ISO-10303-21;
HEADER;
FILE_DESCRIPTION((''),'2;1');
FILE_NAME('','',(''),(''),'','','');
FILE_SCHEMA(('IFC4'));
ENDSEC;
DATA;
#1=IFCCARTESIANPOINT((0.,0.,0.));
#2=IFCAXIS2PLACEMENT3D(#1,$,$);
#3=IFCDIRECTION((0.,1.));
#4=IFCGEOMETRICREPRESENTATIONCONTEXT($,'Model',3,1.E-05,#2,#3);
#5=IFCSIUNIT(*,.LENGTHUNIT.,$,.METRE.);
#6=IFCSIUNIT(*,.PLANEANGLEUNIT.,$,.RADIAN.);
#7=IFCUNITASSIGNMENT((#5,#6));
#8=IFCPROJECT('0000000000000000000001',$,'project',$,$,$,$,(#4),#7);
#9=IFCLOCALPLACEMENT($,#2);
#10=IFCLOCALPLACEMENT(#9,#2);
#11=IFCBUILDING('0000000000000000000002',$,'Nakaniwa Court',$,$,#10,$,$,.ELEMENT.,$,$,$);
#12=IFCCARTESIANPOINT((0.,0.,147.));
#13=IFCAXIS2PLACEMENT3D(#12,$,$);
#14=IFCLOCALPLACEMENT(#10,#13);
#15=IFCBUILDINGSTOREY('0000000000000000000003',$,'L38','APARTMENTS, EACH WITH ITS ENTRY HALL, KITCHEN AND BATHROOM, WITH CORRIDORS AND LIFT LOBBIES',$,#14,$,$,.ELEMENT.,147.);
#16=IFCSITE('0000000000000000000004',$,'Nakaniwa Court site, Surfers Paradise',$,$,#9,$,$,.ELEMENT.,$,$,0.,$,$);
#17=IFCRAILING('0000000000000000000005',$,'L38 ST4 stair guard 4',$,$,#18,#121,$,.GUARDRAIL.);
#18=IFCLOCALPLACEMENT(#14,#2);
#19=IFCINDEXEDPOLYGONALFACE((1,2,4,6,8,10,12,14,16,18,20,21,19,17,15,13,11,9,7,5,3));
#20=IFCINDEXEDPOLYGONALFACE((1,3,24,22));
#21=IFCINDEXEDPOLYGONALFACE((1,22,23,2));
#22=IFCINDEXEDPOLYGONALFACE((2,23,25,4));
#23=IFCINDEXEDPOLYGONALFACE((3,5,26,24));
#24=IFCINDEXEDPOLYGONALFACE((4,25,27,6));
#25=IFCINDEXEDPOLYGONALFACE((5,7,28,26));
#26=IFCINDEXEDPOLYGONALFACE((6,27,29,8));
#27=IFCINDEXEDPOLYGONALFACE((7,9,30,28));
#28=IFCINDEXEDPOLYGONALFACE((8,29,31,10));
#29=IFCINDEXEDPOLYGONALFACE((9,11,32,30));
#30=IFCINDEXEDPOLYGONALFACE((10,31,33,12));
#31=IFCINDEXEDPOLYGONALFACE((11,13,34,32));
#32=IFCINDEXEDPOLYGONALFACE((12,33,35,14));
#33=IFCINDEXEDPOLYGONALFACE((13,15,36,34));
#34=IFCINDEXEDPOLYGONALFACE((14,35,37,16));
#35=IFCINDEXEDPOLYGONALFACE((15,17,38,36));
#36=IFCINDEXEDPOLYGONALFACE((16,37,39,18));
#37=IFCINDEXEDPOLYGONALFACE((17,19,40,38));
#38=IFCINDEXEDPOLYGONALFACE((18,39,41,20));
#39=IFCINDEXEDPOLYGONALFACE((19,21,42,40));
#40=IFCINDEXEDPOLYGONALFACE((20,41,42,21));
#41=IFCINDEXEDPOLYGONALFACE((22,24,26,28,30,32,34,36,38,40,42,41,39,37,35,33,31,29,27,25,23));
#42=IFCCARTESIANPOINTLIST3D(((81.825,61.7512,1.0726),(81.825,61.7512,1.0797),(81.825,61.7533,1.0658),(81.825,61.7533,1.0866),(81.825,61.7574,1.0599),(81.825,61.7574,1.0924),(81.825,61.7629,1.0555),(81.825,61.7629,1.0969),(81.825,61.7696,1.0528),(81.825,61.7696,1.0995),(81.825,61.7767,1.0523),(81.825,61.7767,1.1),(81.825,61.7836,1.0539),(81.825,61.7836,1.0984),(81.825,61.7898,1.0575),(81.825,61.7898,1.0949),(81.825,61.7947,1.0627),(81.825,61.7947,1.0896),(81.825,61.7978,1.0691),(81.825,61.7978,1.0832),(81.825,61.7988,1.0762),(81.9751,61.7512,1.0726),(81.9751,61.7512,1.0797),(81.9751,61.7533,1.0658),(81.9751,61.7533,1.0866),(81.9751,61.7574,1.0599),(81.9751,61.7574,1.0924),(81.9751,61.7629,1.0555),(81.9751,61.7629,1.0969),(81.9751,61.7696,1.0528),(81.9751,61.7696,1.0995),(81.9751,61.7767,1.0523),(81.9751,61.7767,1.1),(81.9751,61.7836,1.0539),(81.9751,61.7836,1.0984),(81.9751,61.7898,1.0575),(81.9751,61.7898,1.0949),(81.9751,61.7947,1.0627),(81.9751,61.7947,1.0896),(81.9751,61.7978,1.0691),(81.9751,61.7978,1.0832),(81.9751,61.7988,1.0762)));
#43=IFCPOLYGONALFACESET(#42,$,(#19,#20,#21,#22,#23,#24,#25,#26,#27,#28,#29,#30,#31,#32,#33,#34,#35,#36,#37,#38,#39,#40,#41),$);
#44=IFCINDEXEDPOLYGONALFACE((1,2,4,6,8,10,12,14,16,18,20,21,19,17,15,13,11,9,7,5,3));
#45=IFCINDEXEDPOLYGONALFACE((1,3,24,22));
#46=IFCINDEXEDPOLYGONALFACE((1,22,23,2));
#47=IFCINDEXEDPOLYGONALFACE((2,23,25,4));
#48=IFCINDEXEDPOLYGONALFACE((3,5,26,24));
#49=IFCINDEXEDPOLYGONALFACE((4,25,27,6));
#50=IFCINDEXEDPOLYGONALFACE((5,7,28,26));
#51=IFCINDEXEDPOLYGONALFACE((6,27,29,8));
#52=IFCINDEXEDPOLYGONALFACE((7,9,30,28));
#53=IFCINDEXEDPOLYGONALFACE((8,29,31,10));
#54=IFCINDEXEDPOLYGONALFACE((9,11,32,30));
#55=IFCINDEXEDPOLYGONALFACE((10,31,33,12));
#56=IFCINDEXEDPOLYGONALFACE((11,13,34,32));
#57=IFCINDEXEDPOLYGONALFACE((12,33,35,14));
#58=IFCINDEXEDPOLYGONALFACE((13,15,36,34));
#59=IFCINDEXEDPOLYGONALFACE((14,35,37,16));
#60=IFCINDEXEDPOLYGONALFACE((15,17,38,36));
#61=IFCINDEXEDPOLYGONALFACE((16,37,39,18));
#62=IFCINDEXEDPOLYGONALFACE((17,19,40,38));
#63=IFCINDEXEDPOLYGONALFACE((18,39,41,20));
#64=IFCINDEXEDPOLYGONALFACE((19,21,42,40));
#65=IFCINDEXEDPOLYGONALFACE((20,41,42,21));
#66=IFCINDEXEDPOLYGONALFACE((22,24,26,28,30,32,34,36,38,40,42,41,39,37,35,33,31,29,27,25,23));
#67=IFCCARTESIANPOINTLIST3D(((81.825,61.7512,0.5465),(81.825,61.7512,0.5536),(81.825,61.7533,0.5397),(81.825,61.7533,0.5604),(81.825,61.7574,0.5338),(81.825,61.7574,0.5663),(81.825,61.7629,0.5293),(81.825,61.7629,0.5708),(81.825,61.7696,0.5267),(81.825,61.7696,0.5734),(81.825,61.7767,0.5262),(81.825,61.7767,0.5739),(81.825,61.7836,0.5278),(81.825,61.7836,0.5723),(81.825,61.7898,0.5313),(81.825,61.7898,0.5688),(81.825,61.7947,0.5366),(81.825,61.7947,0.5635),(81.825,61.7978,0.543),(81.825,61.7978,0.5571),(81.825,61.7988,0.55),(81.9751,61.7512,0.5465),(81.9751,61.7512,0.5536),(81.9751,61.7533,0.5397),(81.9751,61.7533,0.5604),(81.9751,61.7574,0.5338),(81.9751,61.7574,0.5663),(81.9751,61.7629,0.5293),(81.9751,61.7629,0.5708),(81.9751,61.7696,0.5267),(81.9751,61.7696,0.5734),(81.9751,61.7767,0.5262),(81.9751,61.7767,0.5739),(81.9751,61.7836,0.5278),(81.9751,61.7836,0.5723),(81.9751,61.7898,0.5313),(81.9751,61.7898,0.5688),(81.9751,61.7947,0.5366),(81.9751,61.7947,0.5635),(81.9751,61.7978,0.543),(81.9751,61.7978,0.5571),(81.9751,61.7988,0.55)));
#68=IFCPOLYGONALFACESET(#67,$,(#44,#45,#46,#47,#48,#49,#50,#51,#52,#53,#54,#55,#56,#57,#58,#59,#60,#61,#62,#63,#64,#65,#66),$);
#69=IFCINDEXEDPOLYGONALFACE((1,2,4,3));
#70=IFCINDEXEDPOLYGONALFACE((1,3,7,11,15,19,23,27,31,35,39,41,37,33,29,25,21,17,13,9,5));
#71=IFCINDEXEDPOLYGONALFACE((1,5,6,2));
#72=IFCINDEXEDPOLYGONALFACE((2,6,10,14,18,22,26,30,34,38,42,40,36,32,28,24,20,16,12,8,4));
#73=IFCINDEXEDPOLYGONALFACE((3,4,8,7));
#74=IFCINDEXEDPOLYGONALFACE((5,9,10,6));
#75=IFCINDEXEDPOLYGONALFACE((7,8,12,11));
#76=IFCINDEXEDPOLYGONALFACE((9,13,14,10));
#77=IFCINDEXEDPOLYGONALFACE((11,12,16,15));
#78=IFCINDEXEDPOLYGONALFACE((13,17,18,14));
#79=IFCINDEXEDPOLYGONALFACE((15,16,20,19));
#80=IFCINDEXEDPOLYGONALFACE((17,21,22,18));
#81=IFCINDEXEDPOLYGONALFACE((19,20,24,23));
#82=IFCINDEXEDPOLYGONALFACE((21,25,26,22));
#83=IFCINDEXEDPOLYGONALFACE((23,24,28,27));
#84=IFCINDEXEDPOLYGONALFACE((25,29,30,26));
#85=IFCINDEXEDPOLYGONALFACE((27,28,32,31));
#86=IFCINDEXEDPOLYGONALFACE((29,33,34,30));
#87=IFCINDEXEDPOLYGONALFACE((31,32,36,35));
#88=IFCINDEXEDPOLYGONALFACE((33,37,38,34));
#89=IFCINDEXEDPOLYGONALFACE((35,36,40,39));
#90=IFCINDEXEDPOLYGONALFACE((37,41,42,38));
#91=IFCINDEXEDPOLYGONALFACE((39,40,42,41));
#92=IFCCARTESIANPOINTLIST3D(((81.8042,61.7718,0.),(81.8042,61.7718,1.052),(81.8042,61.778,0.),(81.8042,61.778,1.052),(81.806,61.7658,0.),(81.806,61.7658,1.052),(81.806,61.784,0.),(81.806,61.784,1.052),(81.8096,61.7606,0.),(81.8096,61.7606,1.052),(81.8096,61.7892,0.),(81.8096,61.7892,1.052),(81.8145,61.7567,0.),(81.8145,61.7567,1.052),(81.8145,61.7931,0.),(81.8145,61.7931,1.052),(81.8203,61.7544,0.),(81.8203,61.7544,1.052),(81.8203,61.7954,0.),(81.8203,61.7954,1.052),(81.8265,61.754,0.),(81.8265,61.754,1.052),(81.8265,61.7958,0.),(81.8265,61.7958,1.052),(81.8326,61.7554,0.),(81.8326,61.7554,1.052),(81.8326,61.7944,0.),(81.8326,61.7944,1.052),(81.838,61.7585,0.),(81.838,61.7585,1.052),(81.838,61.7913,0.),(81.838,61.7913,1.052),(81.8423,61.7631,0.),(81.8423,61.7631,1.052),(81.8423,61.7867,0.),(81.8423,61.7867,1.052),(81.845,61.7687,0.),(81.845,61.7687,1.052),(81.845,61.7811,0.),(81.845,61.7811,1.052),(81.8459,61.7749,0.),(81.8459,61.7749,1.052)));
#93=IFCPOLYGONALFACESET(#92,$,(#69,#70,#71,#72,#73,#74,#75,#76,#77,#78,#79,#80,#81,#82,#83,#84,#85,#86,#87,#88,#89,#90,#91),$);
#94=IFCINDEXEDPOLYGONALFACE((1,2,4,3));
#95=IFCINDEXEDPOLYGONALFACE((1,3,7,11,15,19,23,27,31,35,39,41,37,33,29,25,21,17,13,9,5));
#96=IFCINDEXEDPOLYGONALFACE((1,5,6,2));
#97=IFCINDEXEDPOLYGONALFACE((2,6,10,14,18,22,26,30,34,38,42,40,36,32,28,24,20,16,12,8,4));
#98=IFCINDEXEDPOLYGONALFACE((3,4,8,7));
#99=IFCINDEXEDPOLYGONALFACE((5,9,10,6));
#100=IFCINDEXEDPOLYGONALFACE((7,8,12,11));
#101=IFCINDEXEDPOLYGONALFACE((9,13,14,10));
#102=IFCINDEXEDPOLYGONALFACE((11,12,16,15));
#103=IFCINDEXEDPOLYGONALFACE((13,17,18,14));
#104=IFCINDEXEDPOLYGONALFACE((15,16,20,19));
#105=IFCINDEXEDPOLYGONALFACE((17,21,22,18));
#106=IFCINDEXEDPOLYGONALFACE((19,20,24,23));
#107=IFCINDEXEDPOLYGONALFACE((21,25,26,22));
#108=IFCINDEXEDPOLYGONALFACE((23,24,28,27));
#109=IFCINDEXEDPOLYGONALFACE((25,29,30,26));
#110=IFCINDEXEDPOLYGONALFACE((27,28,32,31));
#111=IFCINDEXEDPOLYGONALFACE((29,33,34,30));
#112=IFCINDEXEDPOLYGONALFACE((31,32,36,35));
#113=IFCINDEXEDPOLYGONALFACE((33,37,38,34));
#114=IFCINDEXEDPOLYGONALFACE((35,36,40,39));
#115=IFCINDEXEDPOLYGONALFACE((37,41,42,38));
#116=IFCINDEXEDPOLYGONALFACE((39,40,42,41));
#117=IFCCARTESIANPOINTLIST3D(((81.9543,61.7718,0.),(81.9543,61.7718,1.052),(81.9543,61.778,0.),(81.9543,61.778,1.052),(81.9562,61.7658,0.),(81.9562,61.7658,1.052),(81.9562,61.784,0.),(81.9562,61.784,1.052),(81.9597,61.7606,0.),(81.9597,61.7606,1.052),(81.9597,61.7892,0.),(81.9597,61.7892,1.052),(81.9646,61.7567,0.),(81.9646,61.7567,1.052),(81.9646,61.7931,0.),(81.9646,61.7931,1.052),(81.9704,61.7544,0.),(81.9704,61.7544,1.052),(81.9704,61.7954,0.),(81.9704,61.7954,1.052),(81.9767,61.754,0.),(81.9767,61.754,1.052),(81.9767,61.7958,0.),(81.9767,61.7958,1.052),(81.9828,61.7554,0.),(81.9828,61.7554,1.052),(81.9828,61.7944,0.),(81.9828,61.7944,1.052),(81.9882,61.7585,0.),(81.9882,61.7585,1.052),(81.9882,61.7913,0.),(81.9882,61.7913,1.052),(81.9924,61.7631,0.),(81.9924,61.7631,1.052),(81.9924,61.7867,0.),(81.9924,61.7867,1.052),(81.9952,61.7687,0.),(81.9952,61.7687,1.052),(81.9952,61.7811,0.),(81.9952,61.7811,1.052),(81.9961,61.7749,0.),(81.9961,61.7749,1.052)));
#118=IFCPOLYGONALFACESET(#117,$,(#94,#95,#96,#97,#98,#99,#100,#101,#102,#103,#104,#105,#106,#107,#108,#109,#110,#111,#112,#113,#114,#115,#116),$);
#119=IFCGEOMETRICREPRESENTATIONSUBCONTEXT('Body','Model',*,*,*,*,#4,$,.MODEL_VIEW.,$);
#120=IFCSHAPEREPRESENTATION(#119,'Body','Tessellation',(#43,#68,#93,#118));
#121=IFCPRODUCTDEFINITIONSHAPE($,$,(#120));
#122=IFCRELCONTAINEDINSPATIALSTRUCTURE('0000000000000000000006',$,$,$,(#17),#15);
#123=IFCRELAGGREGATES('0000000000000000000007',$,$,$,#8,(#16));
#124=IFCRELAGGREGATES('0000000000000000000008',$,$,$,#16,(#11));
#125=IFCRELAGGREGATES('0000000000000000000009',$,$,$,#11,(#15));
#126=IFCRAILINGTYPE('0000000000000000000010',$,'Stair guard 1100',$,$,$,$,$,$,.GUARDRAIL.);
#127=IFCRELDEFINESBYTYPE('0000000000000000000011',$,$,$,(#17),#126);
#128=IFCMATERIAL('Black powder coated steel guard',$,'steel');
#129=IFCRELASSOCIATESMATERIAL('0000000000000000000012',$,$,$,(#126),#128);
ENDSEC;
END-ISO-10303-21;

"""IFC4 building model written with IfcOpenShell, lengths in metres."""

from ifc_helpers import new_model, si_unit, direction, frame, origin, origin_2d, place, context, subcontext, project, spatial, circle, extrude, material, type_object, element, save


model = new_model("IFC4")

# Units and contexts
model_context = context("Model", 3, precision=1e-05, world=origin(), true_north=direction((0.0, 1.0)))
body_context = subcontext(model_context, "Body", "Model", "MODEL_VIEW")
ifc_project = project(units=[si_unit("LENGTHUNIT", "METRE"), si_unit("PLANEANGLEUNIT", "RADIAN")], contexts=[model_context])

# Site, building, storey
site_placement = place(None, origin())
site = spatial("IfcSite", under=ifc_project, at=site_placement, Name="Nakaniwa Court site, Surfers Paradise", CompositionType="ELEMENT", RefElevation=0.0)
building_placement = place(site_placement, origin())
building = spatial("IfcBuilding", under=site, at=building_placement, Name="Nakaniwa Court", CompositionType="ELEMENT")
storey_placement = place(building_placement, frame((0.0, 0.0, 147.0)))
storey = spatial("IfcBuildingStorey", under=building, at=storey_placement, Name="L38", Description="APARTMENTS, EACH WITH ITS ENTRY HALL, KITCHEN AND BATHROOM, WITH CORRIDORS AND LIFT LOBBIES", CompositionType="ELEMENT", Elevation=147.0)

# Railing
ifc_material_1 = material(Name="Black powder coated steel guard", Category="steel")
railing_type_1 = type_object("IfcRailingType", Name="Stair guard 1100", PredefinedType="GUARDRAIL", material=ifc_material_1)
railing_1_placement = place(storey_placement, frame((81.825, 61.7749, 0.0)))
element("IfcRailing", 1, at=railing_1_placement, inside=storey, type_object=railing_type_1, Name="L38 ST4 stair guard 4", PredefinedType="GUARDRAIL", context=body_context, shape_type="SweptSolid", body=[
    extrude(circle(Radius=0.0239, at=origin_2d()), frame((0.0, 0.0, 1.0762), z_axis=(1.0, 0.0, 0.0), x_axis=(0.0, 1.0, 0.0)), (0.0, 0.0, 1.0), 0.1501),
    extrude(circle(Radius=0.0239, at=origin_2d()), frame((0.0, 0.0, 0.55), z_axis=(1.0, 0.0, 0.0), x_axis=(0.0, 1.0, 0.0)), (0.0, 0.0, 1.0), 0.1501),
    extrude(circle(Radius=0.021, at=origin_2d()), origin(), (0.0, 0.0, 1.0), 1.052),
    extrude(circle(Radius=0.021, at=origin_2d()), frame((0.1501, 0.0, 0.0)), (0.0, 0.0, 1.0), 1.052),
])

save(model, "model.ifc")
